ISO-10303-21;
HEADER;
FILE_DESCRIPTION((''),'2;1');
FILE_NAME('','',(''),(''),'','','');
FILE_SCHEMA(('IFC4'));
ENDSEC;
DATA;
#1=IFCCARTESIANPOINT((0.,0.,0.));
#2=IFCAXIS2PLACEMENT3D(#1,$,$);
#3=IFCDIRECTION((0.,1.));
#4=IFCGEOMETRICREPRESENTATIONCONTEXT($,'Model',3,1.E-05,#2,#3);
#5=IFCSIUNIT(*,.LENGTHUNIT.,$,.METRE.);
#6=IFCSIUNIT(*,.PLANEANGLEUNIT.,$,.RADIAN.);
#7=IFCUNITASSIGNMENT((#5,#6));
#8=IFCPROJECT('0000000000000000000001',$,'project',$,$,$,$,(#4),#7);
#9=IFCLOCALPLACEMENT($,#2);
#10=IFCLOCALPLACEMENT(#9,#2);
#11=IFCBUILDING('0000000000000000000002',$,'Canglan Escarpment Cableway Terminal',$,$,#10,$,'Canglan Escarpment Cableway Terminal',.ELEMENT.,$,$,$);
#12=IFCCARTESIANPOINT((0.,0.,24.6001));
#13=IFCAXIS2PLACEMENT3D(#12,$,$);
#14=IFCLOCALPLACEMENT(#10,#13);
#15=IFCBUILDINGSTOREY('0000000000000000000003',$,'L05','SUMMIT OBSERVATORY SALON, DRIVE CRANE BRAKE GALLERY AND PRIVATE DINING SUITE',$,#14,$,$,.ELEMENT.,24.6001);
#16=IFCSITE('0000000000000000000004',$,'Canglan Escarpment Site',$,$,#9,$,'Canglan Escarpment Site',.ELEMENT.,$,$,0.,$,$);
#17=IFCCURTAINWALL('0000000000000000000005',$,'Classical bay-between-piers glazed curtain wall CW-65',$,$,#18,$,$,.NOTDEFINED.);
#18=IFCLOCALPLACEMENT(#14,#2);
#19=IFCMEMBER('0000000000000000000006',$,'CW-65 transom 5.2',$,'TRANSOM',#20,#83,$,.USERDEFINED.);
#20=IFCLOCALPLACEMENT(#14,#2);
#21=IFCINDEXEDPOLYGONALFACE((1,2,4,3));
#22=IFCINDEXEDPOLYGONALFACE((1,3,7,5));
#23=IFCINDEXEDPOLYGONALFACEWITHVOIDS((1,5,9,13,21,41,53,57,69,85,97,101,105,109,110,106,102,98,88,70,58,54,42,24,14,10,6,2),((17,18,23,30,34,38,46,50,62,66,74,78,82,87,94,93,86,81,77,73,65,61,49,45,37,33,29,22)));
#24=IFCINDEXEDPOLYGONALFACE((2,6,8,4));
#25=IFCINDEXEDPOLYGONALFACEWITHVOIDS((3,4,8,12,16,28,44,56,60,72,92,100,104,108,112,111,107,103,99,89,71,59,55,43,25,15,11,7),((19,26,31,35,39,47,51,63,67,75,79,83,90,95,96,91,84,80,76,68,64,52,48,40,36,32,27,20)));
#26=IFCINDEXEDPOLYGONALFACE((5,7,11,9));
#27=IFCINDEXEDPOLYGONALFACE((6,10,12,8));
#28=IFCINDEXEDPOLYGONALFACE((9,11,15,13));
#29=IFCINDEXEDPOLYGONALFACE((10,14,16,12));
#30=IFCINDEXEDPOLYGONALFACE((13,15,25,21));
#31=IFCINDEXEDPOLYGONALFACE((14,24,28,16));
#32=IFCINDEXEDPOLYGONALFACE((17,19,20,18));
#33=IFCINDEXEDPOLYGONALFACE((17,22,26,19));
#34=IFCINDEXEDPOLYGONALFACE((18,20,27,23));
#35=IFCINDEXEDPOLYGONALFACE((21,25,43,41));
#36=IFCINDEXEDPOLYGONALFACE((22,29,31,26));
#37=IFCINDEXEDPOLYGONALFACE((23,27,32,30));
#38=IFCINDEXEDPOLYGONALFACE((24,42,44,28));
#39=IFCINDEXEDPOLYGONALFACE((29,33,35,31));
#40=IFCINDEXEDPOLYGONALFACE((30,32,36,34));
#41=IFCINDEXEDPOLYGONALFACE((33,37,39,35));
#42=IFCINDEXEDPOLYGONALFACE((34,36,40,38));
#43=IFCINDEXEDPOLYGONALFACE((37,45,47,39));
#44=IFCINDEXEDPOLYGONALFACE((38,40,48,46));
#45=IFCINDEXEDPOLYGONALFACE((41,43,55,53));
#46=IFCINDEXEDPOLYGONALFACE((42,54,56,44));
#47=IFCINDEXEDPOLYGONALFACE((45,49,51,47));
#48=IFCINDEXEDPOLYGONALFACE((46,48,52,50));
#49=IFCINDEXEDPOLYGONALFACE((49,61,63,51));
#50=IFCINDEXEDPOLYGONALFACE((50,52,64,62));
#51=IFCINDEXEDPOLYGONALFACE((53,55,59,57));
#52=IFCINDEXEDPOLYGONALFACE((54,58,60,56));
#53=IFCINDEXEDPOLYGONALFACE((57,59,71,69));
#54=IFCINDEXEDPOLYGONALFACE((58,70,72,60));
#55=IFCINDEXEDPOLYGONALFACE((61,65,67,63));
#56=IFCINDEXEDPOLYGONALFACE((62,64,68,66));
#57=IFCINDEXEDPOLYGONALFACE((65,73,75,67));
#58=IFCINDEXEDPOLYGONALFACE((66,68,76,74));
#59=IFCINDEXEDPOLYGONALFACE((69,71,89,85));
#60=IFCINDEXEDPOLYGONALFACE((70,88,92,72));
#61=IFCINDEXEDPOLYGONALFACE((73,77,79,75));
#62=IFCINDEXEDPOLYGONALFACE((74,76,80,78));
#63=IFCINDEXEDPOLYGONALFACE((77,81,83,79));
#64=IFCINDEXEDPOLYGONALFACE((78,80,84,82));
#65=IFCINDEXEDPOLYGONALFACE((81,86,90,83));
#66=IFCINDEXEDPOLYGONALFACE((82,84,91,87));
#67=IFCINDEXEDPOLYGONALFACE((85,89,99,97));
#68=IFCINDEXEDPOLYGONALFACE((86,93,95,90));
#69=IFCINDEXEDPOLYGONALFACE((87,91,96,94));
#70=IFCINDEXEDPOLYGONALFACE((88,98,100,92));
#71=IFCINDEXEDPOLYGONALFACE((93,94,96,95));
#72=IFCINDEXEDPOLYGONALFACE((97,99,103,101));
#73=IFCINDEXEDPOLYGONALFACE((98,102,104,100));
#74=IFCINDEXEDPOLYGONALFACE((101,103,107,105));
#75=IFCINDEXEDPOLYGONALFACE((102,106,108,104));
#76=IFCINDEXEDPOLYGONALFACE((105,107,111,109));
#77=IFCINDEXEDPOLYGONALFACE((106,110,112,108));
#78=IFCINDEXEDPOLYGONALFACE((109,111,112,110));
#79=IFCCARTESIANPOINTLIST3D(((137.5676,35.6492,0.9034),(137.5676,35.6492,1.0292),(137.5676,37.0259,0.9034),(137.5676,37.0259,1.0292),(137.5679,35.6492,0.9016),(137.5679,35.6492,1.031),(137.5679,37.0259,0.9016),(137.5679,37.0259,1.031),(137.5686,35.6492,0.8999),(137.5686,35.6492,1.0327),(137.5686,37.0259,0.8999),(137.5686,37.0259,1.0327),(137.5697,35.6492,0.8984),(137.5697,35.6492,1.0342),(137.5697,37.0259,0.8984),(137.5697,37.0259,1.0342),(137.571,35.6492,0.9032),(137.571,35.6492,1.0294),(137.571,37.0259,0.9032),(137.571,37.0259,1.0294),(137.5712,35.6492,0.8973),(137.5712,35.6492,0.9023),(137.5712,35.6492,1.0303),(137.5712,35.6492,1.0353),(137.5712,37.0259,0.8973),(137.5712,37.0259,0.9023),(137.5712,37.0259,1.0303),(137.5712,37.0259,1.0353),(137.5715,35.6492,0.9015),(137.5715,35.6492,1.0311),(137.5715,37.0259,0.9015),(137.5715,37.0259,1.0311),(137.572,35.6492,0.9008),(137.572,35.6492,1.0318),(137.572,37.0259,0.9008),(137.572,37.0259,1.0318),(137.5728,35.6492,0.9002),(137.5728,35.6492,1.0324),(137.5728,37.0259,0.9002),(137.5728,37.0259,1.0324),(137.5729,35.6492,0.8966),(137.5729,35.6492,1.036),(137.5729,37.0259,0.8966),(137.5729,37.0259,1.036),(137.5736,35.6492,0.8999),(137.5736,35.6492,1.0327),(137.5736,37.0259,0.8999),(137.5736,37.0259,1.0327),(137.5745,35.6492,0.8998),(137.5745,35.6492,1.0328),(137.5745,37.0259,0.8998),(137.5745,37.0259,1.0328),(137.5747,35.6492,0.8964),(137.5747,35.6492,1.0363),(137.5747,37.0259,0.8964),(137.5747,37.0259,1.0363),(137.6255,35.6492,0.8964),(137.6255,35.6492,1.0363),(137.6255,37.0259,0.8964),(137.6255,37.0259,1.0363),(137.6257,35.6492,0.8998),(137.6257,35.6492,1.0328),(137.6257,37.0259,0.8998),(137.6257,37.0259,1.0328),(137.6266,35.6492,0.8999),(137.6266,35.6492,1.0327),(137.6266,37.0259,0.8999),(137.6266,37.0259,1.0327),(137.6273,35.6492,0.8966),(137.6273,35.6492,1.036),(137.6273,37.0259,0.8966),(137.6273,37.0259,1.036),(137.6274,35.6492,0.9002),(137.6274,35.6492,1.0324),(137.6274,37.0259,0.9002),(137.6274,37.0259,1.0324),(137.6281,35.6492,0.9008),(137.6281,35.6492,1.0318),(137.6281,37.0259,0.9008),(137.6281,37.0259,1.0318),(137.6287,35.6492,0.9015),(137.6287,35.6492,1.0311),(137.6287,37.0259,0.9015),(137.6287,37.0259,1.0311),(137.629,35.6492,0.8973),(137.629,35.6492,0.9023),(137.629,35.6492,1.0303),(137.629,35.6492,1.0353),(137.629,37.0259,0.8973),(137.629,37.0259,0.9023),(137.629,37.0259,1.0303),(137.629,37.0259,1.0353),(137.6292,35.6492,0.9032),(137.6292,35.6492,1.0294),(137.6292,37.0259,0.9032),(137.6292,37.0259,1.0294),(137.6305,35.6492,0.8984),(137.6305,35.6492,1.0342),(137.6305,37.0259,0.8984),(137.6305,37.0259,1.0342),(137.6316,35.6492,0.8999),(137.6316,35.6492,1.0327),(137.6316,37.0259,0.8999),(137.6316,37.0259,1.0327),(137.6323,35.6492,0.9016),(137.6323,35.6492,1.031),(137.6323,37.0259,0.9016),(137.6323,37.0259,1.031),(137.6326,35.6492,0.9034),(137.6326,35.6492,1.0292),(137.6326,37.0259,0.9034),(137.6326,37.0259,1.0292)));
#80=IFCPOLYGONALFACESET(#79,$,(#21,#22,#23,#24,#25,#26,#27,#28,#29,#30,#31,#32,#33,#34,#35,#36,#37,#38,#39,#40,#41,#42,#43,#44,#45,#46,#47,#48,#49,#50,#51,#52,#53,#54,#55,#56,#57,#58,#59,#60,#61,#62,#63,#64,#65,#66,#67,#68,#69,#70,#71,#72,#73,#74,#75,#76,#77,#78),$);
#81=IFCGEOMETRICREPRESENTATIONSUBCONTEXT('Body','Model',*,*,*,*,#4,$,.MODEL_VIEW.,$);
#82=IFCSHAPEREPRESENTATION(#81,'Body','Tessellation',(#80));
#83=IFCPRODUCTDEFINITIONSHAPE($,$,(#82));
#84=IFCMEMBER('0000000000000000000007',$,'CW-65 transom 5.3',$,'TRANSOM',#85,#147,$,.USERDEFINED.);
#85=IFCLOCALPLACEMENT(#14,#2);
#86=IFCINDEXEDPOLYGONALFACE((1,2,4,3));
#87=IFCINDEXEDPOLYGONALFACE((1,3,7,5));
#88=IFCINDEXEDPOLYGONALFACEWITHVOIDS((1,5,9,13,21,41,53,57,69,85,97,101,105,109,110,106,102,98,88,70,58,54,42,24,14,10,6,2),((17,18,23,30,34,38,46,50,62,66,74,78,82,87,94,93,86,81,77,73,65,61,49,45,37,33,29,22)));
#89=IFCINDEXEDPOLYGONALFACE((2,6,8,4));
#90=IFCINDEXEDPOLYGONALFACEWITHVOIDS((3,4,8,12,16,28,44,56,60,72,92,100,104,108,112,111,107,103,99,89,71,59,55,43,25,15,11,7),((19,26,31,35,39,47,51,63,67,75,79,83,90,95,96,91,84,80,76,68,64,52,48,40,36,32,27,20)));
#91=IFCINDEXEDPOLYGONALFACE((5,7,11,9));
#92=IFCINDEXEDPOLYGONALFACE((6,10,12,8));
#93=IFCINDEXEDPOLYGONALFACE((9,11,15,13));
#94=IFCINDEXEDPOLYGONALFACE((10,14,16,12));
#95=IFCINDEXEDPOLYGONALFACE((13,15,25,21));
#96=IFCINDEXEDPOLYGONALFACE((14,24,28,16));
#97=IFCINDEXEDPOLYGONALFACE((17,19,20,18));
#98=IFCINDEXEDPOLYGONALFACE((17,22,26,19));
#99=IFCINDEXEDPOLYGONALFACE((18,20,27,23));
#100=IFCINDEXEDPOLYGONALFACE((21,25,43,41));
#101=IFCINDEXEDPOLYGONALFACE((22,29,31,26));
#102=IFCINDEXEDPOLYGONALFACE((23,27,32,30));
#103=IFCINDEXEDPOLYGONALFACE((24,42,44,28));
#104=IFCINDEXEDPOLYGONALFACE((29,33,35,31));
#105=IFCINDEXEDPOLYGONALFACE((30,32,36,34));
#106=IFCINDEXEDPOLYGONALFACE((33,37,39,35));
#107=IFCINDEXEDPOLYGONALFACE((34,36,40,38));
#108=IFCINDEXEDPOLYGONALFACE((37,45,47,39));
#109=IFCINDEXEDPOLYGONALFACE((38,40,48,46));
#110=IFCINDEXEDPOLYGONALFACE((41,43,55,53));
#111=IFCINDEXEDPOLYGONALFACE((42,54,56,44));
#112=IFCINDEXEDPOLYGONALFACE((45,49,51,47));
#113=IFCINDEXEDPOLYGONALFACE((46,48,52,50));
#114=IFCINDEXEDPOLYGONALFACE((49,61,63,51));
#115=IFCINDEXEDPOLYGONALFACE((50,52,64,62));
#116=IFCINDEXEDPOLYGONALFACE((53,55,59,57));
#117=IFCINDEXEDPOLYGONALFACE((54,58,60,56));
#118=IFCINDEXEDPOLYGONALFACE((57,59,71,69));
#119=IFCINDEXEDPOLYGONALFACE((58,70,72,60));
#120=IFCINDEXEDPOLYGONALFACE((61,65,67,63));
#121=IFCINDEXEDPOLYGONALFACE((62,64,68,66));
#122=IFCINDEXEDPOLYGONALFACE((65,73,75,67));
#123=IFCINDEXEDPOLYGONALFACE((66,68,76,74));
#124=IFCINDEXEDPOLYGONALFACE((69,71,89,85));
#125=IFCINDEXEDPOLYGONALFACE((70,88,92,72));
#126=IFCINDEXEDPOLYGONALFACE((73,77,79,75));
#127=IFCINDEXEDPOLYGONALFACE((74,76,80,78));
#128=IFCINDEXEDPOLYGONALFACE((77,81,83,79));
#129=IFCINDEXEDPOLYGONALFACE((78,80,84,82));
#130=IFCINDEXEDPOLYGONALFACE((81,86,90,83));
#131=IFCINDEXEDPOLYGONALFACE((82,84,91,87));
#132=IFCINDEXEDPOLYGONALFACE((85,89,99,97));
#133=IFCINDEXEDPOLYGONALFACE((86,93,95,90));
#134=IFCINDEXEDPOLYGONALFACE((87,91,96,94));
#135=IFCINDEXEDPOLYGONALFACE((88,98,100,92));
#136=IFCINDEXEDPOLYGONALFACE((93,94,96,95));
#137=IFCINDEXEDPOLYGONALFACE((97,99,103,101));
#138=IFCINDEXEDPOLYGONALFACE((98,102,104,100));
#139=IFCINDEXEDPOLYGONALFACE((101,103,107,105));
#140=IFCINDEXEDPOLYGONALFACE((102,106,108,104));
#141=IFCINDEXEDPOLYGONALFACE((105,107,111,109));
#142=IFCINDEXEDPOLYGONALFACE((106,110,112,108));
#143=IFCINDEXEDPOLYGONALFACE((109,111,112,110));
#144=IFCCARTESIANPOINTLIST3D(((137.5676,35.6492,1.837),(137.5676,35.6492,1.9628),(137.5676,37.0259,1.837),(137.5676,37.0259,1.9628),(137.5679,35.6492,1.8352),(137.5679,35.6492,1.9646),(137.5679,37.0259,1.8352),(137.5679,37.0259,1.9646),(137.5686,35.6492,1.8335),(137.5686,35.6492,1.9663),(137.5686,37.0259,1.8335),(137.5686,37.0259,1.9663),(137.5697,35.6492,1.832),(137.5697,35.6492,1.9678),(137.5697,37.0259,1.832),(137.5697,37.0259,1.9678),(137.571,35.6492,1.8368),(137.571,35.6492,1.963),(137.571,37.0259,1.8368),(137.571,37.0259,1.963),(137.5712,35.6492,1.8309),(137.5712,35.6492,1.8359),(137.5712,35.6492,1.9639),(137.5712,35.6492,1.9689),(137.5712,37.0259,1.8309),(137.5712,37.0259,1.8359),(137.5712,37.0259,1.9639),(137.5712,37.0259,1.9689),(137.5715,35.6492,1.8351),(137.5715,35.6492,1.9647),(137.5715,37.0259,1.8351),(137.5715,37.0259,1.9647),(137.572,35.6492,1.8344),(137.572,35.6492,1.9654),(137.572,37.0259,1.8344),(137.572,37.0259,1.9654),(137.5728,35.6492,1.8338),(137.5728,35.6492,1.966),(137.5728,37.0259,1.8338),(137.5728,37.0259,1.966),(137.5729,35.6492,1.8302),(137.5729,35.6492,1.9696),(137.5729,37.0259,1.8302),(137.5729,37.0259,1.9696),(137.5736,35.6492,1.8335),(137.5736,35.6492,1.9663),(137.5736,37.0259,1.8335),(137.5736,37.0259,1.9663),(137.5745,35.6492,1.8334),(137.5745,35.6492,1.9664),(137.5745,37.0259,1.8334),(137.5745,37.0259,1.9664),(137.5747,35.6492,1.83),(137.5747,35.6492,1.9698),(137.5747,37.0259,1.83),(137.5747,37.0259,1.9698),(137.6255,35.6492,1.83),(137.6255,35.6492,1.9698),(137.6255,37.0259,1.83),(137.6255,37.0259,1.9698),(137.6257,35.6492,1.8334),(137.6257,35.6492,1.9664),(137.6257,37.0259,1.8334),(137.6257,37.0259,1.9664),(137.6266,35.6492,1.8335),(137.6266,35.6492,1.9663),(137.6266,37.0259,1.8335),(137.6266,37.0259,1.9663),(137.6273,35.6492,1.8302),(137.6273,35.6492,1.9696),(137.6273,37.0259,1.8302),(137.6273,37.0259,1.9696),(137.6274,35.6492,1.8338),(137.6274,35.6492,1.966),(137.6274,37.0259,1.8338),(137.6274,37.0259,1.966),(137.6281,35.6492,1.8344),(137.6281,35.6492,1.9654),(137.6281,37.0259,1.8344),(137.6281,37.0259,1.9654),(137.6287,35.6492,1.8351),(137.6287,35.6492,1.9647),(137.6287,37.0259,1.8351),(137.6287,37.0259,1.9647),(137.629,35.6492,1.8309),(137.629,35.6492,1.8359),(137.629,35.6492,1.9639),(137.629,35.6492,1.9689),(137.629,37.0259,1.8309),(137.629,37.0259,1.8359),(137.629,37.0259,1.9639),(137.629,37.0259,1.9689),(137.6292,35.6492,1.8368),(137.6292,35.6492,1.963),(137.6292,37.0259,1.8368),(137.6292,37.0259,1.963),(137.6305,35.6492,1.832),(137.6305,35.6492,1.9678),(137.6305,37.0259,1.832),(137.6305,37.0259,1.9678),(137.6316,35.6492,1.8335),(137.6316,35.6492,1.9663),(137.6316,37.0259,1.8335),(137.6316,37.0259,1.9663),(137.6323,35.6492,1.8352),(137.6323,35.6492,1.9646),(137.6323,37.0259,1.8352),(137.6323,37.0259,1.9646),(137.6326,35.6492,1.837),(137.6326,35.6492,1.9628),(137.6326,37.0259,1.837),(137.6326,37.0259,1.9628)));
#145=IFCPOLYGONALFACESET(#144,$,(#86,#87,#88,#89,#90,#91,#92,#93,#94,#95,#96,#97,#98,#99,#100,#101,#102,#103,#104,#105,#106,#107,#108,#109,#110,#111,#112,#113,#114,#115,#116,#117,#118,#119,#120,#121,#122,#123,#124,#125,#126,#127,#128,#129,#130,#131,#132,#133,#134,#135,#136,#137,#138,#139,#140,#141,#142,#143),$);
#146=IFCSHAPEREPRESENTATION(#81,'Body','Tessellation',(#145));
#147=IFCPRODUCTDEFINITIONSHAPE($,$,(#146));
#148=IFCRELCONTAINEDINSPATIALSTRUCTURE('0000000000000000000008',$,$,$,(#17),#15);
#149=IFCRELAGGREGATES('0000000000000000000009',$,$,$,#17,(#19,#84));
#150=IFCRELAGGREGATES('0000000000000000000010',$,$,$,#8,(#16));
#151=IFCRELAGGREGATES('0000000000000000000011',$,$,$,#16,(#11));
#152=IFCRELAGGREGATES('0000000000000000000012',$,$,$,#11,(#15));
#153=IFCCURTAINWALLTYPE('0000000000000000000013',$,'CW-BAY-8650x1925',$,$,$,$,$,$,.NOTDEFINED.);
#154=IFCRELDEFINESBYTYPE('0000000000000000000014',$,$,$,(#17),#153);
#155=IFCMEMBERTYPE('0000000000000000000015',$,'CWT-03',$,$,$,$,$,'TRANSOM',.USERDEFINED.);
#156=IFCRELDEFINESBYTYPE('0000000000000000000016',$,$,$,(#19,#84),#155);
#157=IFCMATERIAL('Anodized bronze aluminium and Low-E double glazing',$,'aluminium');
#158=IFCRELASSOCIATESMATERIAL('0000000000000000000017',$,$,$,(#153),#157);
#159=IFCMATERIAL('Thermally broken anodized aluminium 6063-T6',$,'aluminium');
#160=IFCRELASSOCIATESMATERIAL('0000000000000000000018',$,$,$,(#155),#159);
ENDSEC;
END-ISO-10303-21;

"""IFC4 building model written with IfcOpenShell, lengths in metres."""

from ifc_helpers import new_model, si_unit, direction, frame, origin, origin_2d, place, context, subcontext, project, spatial, hollow_rectangle, extrude, material, material_profile, profile_set, type_object, element, aggregate, save


model = new_model("IFC4")

# Units and contexts
model_context = context("Model", 3, precision=1e-05, world=origin(), true_north=direction((0.0, 1.0)))
body_context = subcontext(model_context, "Body", "Model", "MODEL_VIEW")
ifc_project = project(units=[si_unit("LENGTHUNIT", "METRE"), si_unit("PLANEANGLEUNIT", "RADIAN")], contexts=[model_context])

# Site, building, storey
site_placement = place(None, origin())
site = spatial("IfcSite", under=ifc_project, at=site_placement, Name="Canglan Escarpment Site", LongName="Canglan Escarpment Site", CompositionType="ELEMENT", RefElevation=0.0)
building_placement = place(site_placement, origin())
building = spatial("IfcBuilding", under=site, at=building_placement, Name="Canglan Escarpment Cableway Terminal", LongName="Canglan Escarpment Cableway Terminal", CompositionType="ELEMENT")
storey_placement = place(building_placement, frame((0.0, 0.0, 24.6001)))
storey = spatial("IfcBuildingStorey", under=building, at=storey_placement, Name="L05", Description="SUMMIT OBSERVATORY SALON, DRIVE CRANE BRAKE GALLERY AND PRIVATE DINING SUITE", CompositionType="ELEMENT", Elevation=24.6001)

# Curtain wall, members
ifc_material_1 = material(Name="Anodized bronze aluminium and Low-E double glazing", Category="aluminium")
curtain_wall_type = type_object("IfcCurtainWallType", Name="CW-BAY-8650x1925", PredefinedType="NOTDEFINED", material=ifc_material_1)
curtain_wall_placement = place(storey_placement, origin())
curtain_wall = element("IfcCurtainWall", 1, at=curtain_wall_placement, inside=storey, type_object=curtain_wall_type, Name="Classical bay-between-piers glazed curtain wall CW-65", PredefinedType="NOTDEFINED")
ifc_material_2 = material(Name="Thermally broken anodized aluminium 6063-T6", Category="aluminium")
ifc_material_profile_1 = material_profile(ifc_material_2, hollow_rectangle(XDim=0.0649, YDim=0.1399, WallThickness=0.0034, InnerFilletRadius=0.0034, OuterFilletRadius=0.0071, at=origin_2d()), Name="ALU-TRAN 65x140x3.5")
ifc_profile_set_1 = profile_set([ifc_material_profile_1], Name="Thermally broken anodized aluminium 6063-T6")
member_type_1 = type_object("IfcMemberType", Name="CWT-03", ElementType="TRANSOM", PredefinedType="USERDEFINED", material=ifc_profile_set_1)
member_1_placement = place(storey_placement, frame((137.6001, 37.0259, 0.9663), z_axis=(0.0, -1.0, 0.0), x_axis=(1.0, 0.0, 0.0)))
member_1 = element("IfcMember", 2, at=member_1_placement, type_object=member_type_1, Name="CW-65 transom 5.2", ObjectType="TRANSOM", PredefinedType="USERDEFINED", context=body_context, shape_type="SweptSolid", body=[
    extrude(hollow_rectangle(XDim=0.0649, YDim=0.1399, WallThickness=0.0034, InnerFilletRadius=0.0034, OuterFilletRadius=0.0071, at=origin_2d()), origin(), (0.0, 0.0, 1.0), 1.3767),
])
member_2_placement = place(storey_placement, frame((137.6001, 37.0259, 1.8999), z_axis=(0.0, -1.0, 0.0), x_axis=(1.0, 0.0, 0.0)))
member_2 = element("IfcMember", 3, at=member_2_placement, type_object=member_type_1, Name="CW-65 transom 5.3", ObjectType="TRANSOM", PredefinedType="USERDEFINED", context=body_context, shape_type="SweptSolid", body=[
    extrude(hollow_rectangle(XDim=0.0649, YDim=0.1399, WallThickness=0.0034, InnerFilletRadius=0.0034, OuterFilletRadius=0.0071, at=origin_2d()), origin(), (0.0, 0.0, 1.0), 1.3767),
])

aggregate(curtain_wall, [member_1, member_2])

save(model, "model.ifc")
